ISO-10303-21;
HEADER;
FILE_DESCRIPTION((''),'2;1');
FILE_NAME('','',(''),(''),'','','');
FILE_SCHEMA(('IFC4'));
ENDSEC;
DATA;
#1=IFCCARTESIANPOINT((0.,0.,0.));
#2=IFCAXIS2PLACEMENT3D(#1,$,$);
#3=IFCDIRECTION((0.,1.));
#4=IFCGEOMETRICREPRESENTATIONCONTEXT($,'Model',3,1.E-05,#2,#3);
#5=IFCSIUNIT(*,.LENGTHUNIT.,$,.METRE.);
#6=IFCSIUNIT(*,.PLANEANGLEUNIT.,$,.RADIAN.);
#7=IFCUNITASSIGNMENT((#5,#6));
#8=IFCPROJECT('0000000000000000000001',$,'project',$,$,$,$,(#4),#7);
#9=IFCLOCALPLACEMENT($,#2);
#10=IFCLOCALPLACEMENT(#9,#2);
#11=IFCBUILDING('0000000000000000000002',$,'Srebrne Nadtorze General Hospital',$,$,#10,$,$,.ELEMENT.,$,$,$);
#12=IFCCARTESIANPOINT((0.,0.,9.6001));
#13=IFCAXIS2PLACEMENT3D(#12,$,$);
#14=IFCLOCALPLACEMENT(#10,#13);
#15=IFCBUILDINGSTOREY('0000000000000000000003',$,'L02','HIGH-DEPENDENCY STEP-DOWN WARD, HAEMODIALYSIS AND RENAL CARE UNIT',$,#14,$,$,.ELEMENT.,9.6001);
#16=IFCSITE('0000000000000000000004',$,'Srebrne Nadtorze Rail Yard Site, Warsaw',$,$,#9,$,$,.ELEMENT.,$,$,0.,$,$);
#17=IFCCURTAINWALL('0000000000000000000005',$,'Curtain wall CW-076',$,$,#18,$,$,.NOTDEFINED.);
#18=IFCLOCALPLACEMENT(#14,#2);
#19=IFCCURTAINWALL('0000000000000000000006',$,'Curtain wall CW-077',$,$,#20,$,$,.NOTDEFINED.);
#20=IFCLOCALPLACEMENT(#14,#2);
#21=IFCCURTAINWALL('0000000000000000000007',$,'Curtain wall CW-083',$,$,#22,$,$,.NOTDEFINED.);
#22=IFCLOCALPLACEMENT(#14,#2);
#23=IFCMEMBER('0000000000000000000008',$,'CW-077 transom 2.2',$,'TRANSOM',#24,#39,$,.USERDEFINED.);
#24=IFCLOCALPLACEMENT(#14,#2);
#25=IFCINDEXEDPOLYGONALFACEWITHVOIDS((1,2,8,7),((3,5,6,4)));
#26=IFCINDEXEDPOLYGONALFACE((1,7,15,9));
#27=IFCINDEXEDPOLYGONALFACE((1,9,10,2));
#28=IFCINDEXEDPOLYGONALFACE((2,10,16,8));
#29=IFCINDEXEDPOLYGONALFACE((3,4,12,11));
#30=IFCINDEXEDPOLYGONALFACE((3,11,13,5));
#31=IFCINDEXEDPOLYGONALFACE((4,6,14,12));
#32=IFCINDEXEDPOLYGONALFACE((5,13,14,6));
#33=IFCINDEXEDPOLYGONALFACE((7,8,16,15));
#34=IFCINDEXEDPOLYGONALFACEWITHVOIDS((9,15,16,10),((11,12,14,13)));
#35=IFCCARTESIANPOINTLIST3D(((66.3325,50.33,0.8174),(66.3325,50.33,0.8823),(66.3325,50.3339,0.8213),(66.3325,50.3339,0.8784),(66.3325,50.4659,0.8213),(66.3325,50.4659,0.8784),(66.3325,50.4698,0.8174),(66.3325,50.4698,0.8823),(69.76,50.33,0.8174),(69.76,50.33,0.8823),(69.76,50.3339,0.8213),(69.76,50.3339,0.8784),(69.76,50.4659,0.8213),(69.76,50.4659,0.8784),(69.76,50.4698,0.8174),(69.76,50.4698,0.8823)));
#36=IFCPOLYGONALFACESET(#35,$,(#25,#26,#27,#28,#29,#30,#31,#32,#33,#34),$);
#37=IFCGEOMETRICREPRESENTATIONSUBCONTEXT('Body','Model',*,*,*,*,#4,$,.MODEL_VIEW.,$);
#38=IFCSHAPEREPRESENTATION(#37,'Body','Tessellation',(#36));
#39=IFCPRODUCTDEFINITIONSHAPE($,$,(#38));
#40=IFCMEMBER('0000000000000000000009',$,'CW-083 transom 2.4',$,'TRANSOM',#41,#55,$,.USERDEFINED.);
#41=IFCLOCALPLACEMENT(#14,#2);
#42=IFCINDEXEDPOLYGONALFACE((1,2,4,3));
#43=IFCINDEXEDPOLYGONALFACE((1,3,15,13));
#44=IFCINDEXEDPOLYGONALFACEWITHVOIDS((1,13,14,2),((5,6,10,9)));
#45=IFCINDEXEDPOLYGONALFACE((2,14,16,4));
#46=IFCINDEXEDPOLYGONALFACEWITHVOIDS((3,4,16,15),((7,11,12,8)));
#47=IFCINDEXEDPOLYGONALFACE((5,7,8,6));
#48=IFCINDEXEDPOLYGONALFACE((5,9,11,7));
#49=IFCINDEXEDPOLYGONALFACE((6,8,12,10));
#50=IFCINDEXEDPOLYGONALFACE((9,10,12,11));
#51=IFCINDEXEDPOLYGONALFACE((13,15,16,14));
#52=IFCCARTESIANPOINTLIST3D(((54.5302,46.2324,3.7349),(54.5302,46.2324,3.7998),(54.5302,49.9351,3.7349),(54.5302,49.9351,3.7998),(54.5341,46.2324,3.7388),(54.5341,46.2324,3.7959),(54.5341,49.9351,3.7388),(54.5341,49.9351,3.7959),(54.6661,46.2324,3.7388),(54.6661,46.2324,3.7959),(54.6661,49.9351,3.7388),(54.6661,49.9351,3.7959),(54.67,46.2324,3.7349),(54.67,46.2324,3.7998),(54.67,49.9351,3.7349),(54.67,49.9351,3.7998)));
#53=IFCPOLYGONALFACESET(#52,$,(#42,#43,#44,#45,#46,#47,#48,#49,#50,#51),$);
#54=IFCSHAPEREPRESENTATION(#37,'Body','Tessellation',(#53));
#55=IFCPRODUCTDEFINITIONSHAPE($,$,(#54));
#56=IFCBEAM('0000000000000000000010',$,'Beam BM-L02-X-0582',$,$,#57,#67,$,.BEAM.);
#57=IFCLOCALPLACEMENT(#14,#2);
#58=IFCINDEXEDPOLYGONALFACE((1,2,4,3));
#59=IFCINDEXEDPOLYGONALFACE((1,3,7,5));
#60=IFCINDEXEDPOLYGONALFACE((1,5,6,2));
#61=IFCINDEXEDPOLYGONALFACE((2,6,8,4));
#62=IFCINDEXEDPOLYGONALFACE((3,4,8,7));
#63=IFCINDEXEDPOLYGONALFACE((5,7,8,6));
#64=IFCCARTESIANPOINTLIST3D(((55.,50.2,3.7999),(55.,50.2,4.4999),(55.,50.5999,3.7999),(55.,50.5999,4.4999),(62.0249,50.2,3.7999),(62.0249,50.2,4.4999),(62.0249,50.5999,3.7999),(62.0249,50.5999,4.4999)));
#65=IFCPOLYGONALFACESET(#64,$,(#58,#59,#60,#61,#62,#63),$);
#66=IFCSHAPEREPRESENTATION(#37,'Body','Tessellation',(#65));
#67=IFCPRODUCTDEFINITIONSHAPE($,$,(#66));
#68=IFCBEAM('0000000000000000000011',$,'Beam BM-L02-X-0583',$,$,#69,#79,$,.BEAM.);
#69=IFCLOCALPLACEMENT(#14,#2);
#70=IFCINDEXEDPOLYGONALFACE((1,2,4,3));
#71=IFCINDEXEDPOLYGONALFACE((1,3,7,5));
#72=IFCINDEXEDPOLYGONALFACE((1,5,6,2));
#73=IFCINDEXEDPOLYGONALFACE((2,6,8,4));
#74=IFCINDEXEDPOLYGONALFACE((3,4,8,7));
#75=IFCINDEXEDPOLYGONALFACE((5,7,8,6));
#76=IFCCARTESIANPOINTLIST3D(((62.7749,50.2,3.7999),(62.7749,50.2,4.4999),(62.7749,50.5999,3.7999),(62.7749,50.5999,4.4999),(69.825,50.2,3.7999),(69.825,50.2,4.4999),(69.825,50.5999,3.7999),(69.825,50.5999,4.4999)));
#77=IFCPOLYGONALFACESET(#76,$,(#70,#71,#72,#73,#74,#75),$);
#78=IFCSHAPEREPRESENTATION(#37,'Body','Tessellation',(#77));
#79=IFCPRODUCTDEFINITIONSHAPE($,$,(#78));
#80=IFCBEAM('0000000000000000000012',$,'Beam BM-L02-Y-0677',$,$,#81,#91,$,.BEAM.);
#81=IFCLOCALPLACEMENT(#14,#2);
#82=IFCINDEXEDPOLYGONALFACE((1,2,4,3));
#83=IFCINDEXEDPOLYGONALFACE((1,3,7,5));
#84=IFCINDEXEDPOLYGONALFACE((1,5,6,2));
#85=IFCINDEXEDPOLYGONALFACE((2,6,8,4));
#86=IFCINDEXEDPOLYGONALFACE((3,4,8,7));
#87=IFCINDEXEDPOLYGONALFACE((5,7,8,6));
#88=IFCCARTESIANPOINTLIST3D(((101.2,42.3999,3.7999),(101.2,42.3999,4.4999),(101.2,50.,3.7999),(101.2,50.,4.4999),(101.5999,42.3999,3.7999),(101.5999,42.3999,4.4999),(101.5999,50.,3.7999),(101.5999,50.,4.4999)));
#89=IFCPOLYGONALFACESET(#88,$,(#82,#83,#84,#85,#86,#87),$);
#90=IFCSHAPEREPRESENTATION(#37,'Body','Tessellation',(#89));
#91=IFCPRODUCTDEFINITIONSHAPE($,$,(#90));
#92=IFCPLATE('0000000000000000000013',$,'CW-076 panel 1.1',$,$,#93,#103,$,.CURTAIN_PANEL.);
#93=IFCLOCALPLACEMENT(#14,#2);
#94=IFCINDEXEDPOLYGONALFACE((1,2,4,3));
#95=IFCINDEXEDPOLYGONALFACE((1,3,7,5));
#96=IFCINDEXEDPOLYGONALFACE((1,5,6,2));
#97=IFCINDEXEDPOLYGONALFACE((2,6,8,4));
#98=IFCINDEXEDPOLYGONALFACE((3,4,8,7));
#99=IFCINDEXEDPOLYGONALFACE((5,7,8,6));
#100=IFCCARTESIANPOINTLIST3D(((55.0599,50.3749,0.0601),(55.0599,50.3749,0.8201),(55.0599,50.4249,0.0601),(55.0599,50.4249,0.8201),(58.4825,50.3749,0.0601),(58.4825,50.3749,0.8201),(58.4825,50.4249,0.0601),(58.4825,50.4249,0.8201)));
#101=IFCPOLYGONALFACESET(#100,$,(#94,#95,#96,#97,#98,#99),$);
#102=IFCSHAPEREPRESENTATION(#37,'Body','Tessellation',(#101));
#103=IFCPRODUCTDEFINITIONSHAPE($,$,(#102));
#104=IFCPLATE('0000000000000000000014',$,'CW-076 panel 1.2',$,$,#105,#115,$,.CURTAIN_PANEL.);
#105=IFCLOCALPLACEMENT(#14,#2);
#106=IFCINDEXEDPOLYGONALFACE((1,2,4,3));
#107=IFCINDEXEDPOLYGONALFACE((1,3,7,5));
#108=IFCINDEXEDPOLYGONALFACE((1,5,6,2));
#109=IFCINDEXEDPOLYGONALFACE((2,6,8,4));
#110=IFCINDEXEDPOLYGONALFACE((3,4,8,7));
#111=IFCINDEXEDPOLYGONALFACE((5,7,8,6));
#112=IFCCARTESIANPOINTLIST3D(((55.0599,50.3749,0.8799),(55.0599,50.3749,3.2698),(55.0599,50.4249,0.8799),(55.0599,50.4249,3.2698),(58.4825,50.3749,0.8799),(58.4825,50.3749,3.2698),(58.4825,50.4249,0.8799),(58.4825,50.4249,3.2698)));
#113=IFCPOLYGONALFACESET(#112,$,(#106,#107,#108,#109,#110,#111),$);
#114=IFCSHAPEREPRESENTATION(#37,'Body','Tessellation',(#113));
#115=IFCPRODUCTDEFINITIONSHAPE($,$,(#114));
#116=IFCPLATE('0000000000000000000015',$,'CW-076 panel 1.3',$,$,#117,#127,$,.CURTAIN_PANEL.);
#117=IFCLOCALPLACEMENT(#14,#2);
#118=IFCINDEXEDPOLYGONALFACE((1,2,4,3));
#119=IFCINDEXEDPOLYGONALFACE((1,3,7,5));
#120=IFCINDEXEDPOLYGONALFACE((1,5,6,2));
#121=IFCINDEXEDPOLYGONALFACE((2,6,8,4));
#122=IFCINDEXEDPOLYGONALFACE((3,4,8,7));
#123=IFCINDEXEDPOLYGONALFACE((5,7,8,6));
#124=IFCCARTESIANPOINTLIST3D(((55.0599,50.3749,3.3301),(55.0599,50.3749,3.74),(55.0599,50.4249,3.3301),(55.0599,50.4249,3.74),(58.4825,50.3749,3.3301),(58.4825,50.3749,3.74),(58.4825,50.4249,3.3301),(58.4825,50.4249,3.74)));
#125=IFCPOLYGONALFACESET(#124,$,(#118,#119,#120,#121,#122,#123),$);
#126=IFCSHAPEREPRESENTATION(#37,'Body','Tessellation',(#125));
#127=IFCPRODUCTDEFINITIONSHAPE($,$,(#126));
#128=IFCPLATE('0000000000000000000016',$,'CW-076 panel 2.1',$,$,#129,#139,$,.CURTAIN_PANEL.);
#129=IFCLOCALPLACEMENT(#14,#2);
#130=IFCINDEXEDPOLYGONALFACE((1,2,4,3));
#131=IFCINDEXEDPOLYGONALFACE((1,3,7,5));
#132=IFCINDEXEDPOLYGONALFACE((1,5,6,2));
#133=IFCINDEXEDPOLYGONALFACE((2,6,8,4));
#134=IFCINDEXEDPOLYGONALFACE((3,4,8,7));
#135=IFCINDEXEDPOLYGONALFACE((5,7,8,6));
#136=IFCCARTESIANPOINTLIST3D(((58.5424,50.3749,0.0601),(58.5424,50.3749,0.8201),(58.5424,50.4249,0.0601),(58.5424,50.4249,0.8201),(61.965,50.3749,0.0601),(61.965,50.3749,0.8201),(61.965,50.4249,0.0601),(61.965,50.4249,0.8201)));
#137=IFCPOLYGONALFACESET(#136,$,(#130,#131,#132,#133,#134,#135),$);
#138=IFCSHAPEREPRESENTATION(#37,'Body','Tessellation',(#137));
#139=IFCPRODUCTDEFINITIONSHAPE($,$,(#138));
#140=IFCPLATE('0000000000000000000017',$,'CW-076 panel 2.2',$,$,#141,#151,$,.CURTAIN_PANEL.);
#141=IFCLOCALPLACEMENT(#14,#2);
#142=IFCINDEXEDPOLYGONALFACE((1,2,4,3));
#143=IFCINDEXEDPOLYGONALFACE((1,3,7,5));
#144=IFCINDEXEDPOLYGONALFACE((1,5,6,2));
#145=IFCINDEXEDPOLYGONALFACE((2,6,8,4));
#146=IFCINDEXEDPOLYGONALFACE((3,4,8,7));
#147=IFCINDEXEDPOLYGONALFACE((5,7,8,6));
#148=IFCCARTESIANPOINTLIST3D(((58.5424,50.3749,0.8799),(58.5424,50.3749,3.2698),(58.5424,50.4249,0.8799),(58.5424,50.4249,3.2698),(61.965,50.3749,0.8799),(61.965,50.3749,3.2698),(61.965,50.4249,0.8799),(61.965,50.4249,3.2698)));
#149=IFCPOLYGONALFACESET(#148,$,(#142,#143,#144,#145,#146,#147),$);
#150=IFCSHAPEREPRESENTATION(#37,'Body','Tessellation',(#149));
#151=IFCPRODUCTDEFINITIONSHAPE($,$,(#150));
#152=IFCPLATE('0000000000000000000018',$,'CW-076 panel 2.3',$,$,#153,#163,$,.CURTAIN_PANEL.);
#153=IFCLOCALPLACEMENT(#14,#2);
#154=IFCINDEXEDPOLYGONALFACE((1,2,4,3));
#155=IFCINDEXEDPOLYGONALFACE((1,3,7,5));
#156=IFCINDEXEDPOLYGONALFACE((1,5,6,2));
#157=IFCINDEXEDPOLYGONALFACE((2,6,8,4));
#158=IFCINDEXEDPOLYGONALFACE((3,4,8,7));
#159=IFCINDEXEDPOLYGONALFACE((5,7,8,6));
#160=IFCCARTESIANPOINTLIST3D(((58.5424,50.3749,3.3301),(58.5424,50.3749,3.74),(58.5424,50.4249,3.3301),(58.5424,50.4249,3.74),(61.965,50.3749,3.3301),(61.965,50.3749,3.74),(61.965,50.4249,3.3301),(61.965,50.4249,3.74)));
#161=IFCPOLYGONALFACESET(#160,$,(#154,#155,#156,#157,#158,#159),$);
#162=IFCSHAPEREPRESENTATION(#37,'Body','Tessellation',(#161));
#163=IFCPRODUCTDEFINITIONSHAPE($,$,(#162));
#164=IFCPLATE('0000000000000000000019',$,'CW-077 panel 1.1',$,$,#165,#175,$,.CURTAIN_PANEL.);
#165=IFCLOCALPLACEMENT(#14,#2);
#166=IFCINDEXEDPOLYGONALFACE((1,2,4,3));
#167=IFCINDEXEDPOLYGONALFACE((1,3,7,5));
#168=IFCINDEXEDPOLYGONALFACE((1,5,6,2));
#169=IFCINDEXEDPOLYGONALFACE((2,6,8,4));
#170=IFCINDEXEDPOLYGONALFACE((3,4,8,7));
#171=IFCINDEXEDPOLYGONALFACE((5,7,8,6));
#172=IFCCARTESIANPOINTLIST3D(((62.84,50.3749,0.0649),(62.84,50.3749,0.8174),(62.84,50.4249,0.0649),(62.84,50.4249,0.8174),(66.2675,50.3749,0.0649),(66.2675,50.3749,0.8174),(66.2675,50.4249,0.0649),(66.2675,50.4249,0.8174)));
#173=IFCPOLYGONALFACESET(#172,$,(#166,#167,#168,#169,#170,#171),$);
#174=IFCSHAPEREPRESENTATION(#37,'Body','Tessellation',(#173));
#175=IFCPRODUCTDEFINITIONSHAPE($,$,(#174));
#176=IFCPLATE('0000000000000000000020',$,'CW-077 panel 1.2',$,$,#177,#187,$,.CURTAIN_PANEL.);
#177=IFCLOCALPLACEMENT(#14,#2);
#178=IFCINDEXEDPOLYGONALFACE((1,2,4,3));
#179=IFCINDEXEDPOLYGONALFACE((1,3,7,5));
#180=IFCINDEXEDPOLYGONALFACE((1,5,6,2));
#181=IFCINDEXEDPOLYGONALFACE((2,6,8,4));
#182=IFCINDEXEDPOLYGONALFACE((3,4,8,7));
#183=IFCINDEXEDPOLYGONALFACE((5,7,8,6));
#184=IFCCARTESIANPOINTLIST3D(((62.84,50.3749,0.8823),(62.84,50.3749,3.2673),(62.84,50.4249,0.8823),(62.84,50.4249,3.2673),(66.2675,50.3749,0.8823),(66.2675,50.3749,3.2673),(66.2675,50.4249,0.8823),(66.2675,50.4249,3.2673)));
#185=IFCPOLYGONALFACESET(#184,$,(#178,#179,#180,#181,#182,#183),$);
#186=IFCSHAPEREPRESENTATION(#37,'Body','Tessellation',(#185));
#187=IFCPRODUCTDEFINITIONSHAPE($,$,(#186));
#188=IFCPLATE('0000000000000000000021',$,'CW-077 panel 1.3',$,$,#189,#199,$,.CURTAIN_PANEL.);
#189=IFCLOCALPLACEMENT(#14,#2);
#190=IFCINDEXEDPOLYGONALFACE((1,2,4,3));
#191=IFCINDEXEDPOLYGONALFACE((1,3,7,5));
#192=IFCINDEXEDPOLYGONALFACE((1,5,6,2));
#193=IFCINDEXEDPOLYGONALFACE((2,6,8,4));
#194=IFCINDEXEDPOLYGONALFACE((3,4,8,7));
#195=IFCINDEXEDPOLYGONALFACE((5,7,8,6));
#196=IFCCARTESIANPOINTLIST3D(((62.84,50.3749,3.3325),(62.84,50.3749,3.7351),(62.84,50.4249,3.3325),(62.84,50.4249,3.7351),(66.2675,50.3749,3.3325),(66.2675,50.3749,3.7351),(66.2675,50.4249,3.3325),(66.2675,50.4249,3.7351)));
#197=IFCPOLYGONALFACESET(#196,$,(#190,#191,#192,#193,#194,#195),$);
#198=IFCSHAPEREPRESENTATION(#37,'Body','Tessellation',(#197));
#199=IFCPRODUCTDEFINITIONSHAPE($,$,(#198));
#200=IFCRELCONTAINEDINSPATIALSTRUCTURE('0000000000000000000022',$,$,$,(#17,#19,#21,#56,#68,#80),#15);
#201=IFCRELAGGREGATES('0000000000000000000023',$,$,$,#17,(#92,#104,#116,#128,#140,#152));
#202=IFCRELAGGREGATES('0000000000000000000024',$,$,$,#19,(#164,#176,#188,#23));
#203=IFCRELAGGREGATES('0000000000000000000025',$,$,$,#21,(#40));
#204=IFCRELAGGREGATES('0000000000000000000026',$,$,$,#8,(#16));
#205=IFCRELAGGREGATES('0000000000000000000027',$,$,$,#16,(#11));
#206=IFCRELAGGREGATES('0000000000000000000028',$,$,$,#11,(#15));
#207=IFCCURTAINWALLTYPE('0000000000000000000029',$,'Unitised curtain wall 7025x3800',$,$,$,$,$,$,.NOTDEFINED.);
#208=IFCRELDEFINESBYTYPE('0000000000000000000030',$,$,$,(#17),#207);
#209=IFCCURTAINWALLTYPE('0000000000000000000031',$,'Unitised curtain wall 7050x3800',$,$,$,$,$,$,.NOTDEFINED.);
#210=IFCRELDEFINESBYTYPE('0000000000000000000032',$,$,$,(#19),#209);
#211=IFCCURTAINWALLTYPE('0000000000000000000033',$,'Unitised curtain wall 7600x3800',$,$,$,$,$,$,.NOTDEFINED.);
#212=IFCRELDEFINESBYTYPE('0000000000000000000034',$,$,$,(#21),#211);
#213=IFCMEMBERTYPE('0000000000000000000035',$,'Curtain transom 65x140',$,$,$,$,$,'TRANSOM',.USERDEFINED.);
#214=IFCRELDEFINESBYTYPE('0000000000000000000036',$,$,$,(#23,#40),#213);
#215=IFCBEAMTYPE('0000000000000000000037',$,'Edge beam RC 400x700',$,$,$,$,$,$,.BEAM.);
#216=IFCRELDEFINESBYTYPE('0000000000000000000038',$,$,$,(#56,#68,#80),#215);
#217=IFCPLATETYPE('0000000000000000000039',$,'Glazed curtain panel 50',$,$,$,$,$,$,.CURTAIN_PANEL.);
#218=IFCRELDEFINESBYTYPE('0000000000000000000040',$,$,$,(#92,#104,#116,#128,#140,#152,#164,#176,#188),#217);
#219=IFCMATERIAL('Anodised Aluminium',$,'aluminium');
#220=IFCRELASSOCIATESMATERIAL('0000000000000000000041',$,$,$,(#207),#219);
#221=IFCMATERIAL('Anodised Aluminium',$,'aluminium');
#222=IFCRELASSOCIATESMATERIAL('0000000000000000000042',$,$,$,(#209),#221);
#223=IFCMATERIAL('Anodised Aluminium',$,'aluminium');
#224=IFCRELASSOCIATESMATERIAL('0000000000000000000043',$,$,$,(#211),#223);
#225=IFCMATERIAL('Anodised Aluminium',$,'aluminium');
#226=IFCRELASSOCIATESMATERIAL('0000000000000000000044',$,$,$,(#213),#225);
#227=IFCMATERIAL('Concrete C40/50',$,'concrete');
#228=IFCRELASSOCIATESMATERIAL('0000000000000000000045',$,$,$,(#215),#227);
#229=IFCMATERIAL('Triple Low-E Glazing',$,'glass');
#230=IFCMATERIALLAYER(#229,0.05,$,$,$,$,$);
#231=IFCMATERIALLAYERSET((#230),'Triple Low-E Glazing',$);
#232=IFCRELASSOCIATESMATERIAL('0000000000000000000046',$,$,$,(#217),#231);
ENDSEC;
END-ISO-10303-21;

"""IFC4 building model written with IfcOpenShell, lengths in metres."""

from ifc_helpers import new_model, si_unit, direction, frame, origin, origin_2d, place, context, subcontext, project, spatial, rectangle, hollow_rectangle, extrude, material, layer, layer_set, material_profile, profile_set, type_object, element, aggregate, save


model = new_model("IFC4")

# Units and contexts
model_context = context("Model", 3, precision=1e-05, world=origin(), true_north=direction((0.0, 1.0)))
body_context = subcontext(model_context, "Body", "Model", "MODEL_VIEW")
ifc_project = project(units=[si_unit("LENGTHUNIT", "METRE"), si_unit("PLANEANGLEUNIT", "RADIAN")], contexts=[model_context])

# Site, building, storey
site_placement = place(None, origin())
site = spatial("IfcSite", under=ifc_project, at=site_placement, Name="Srebrne Nadtorze Rail Yard Site, Warsaw", CompositionType="ELEMENT", RefElevation=0.0)
building_placement = place(site_placement, origin())
building = spatial("IfcBuilding", under=site, at=building_placement, Name="Srebrne Nadtorze General Hospital", CompositionType="ELEMENT")
storey_placement = place(building_placement, frame((0.0, 0.0, 9.6001)))
storey = spatial("IfcBuildingStorey", under=building, at=storey_placement, Name="L02", Description="HIGH-DEPENDENCY STEP-DOWN WARD, HAEMODIALYSIS AND RENAL CARE UNIT", CompositionType="ELEMENT", Elevation=9.6001)

# Curtain walls
ifc_material_1 = material(Name="Anodised Aluminium", Category="aluminium")
curtain_wall_type_1 = type_object("IfcCurtainWallType", Name="Unitised curtain wall 7025x3800", PredefinedType="NOTDEFINED", material=ifc_material_1)
curtain_wall_1_placement = place(storey_placement, origin())
curtain_wall_1 = element("IfcCurtainWall", 1, at=curtain_wall_1_placement, inside=storey, type_object=curtain_wall_type_1, Name="Curtain wall CW-076", PredefinedType="NOTDEFINED")
ifc_material_2 = material(Name="Anodised Aluminium", Category="aluminium")
curtain_wall_type_2 = type_object("IfcCurtainWallType", Name="Unitised curtain wall 7050x3800", PredefinedType="NOTDEFINED", material=ifc_material_2)
curtain_wall_2_placement = place(storey_placement, origin())
curtain_wall_2 = element("IfcCurtainWall", 2, at=curtain_wall_2_placement, inside=storey, type_object=curtain_wall_type_2, Name="Curtain wall CW-077", PredefinedType="NOTDEFINED")

# Curtain wall
ifc_material_3 = material(Name="Anodised Aluminium", Category="aluminium")
curtain_wall_type_3 = type_object("IfcCurtainWallType", Name="Unitised curtain wall 7600x3800", PredefinedType="NOTDEFINED", material=ifc_material_3)
curtain_wall_3_placement = place(storey_placement, origin())
curtain_wall_3 = element("IfcCurtainWall", 3, at=curtain_wall_3_placement, inside=storey, type_object=curtain_wall_type_3, Name="Curtain wall CW-083", PredefinedType="NOTDEFINED")

# Members
ifc_material_4 = material(Name="Anodised Aluminium", Category="aluminium")
ifc_material_profile_1 = material_profile(ifc_material_4, hollow_rectangle(XDim=0.0649, YDim=0.1399, WallThickness=0.0039, at=origin_2d()), Name="AL-TRN-65x140")
ifc_profile_set_1 = profile_set([ifc_material_profile_1], Name="Anodised Aluminium")
member_type_1 = type_object("IfcMemberType", Name="Curtain transom 65x140", ElementType="TRANSOM", PredefinedType="USERDEFINED", material=ifc_profile_set_1)
member_1_placement = place(storey_placement, frame((66.3325, 50.3999, 0.8499), z_axis=(1.0, 0.0, 0.0), x_axis=(0.0, 0.0, 1.0)))
member_1 = element("IfcMember", 4, at=member_1_placement, type_object=member_type_1, Name="CW-077 transom 2.2", ObjectType="TRANSOM", PredefinedType="USERDEFINED", context=body_context, shape_type="SweptSolid", body=[
    extrude(hollow_rectangle(XDim=0.0649, YDim=0.1399, WallThickness=0.0039, at=origin_2d()), origin(), (0.0, 0.0, 1.0), 3.4275),
])
member_2_placement = place(storey_placement, frame((54.6001, 46.2324, 3.7673), z_axis=(0.0, 1.0, 0.0), x_axis=(0.0, 0.0, 1.0)))
member_2 = element("IfcMember", 5, at=member_2_placement, type_object=member_type_1, Name="CW-083 transom 2.4", ObjectType="TRANSOM", PredefinedType="USERDEFINED", context=body_context, shape_type="SweptSolid", body=[
    extrude(hollow_rectangle(XDim=0.0649, YDim=0.1399, WallThickness=0.0039, at=origin_2d()), origin(), (0.0, 0.0, 1.0), 3.7026),
])

# Beams
ifc_material_5 = material(Name="Concrete C40/50", Category="concrete")
ifc_material_profile_2 = material_profile(ifc_material_5, rectangle(XDim=0.3999, YDim=0.7, at=origin_2d()), Name="RC-BM-400x700")
ifc_profile_set_2 = profile_set([ifc_material_profile_2], Name="Concrete C40/50")
beam_type = type_object("IfcBeamType", Name="Edge beam RC 400x700", PredefinedType="BEAM", material=ifc_profile_set_2)
beam_1_placement = place(storey_placement, frame((55.0, 50.3999, 4.1499), z_axis=(1.0, 0.0, 0.0), x_axis=(0.0, 1.0, 0.0)))
element("IfcBeam", 6, at=beam_1_placement, inside=storey, type_object=beam_type, Name="Beam BM-L02-X-0582", PredefinedType="BEAM", context=body_context, shape_type="SweptSolid", body=[
    extrude(rectangle(XDim=0.3999, YDim=0.7, at=origin_2d()), origin(), (0.0, 0.0, 1.0), 7.0249),
])
beam_2_placement = place(storey_placement, frame((62.7749, 50.3999, 4.1499), z_axis=(1.0, 0.0, 0.0), x_axis=(0.0, 1.0, 0.0)))
element("IfcBeam", 7, at=beam_2_placement, inside=storey, type_object=beam_type, Name="Beam BM-L02-X-0583", PredefinedType="BEAM", context=body_context, shape_type="SweptSolid", body=[
    extrude(rectangle(XDim=0.3999, YDim=0.7, at=origin_2d()), origin(), (0.0, 0.0, 1.0), 7.05),
])
beam_3_placement = place(storey_placement, frame((101.3999, 42.3999, 4.1499), z_axis=(0.0, 1.0, 0.0), x_axis=(-1.0, 0.0, 0.0)))
element("IfcBeam", 8, at=beam_3_placement, inside=storey, type_object=beam_type, Name="Beam BM-L02-Y-0677", PredefinedType="BEAM", context=body_context, shape_type="SweptSolid", body=[
    extrude(rectangle(XDim=0.3999, YDim=0.7, at=origin_2d()), origin(), (0.0, 0.0, 1.0), 7.6001),
])

# Plates
ifc_material_6 = material(Name="Triple Low-E Glazing", Category="glass")
ifc_layer = layer(ifc_material_6, 0.05)
ifc_layer_set = layer_set([ifc_layer], Name="Triple Low-E Glazing")
plate_type = type_object("IfcPlateType", Name="Glazed curtain panel 50", PredefinedType="CURTAIN_PANEL", material=ifc_layer_set)
plate_1_placement = place(storey_placement, frame((56.7712, 50.3999, 0.0601), z_axis=(0.0, 0.0, 1.0), x_axis=(1.0, 0.0, 0.0)))
plate_1 = element("IfcPlate", 9, at=plate_1_placement, type_object=plate_type, Name="CW-076 panel 1.1", PredefinedType="CURTAIN_PANEL", context=body_context, shape_type="SweptSolid", body=[
    extrude(rectangle(XDim=3.4226, YDim=0.05, at=origin_2d()), origin(), (0.0, 0.0, 1.0), 0.76),
])
plate_2_placement = place(storey_placement, frame((56.7712, 50.3999, 0.8799), z_axis=(0.0, 0.0, 1.0), x_axis=(1.0, 0.0, 0.0)))
plate_2 = element("IfcPlate", 10, at=plate_2_placement, type_object=plate_type, Name="CW-076 panel 1.2", PredefinedType="CURTAIN_PANEL", context=body_context, shape_type="SweptSolid", body=[
    extrude(rectangle(XDim=3.4226, YDim=0.05, at=origin_2d()), origin(), (0.0, 0.0, 1.0), 2.3899),
])
plate_3_placement = place(storey_placement, frame((56.7712, 50.3999, 3.3301), z_axis=(0.0, 0.0, 1.0), x_axis=(1.0, 0.0, 0.0)))
plate_3 = element("IfcPlate", 11, at=plate_3_placement, type_object=plate_type, Name="CW-076 panel 1.3", PredefinedType="CURTAIN_PANEL", context=body_context, shape_type="SweptSolid", body=[
    extrude(rectangle(XDim=3.4226, YDim=0.05, at=origin_2d()), origin(), (0.0, 0.0, 1.0), 0.4099),
])
plate_4_placement = place(storey_placement, frame((60.2537, 50.3999, 0.0601), z_axis=(0.0, 0.0, 1.0), x_axis=(1.0, 0.0, 0.0)))
plate_4 = element("IfcPlate", 12, at=plate_4_placement, type_object=plate_type, Name="CW-076 panel 2.1", PredefinedType="CURTAIN_PANEL", context=body_context, shape_type="SweptSolid", body=[
    extrude(rectangle(XDim=3.4226, YDim=0.05, at=origin_2d()), origin(), (0.0, 0.0, 1.0), 0.76),
])
plate_5_placement = place(storey_placement, frame((60.2537, 50.3999, 0.8799), z_axis=(0.0, 0.0, 1.0), x_axis=(1.0, 0.0, 0.0)))
plate_5 = element("IfcPlate", 13, at=plate_5_placement, type_object=plate_type, Name="CW-076 panel 2.2", PredefinedType="CURTAIN_PANEL", context=body_context, shape_type="SweptSolid", body=[
    extrude(rectangle(XDim=3.4226, YDim=0.05, at=origin_2d()), origin(), (0.0, 0.0, 1.0), 2.3899),
])
plate_6_placement = place(storey_placement, frame((60.2537, 50.3999, 3.3301), z_axis=(0.0, 0.0, 1.0), x_axis=(1.0, 0.0, 0.0)))
plate_6 = element("IfcPlate", 14, at=plate_6_placement, type_object=plate_type, Name="CW-076 panel 2.3", PredefinedType="CURTAIN_PANEL", context=body_context, shape_type="SweptSolid", body=[
    extrude(rectangle(XDim=3.4226, YDim=0.05, at=origin_2d()), origin(), (0.0, 0.0, 1.0), 0.4099),
])
aggregate(curtain_wall_1, [plate_1, plate_2, plate_3, plate_4, plate_5, plate_6])
plate_7_placement = place(storey_placement, frame((64.5537, 50.3999, 0.0649), z_axis=(0.0, 0.0, 1.0), x_axis=(1.0, 0.0, 0.0)))
plate_7 = element("IfcPlate", 15, at=plate_7_placement, type_object=plate_type, Name="CW-077 panel 1.1", PredefinedType="CURTAIN_PANEL", context=body_context, shape_type="SweptSolid", body=[
    extrude(rectangle(XDim=3.4275, YDim=0.05, at=origin_2d()), origin(), (0.0, 0.0, 1.0), 0.7524),
])
plate_8_placement = place(storey_placement, frame((64.5537, 50.3999, 0.8823), z_axis=(0.0, 0.0, 1.0), x_axis=(1.0, 0.0, 0.0)))
plate_8 = element("IfcPlate", 16, at=plate_8_placement, type_object=plate_type, Name="CW-077 panel 1.2", PredefinedType="CURTAIN_PANEL", context=body_context, shape_type="SweptSolid", body=[
    extrude(rectangle(XDim=3.4275, YDim=0.05, at=origin_2d()), origin(), (0.0, 0.0, 1.0), 2.385),
])
plate_9_placement = place(storey_placement, frame((64.5537, 50.3999, 3.3325), z_axis=(0.0, 0.0, 1.0), x_axis=(1.0, 0.0, 0.0)))
plate_9 = element("IfcPlate", 17, at=plate_9_placement, type_object=plate_type, Name="CW-077 panel 1.3", PredefinedType="CURTAIN_PANEL", context=body_context, shape_type="SweptSolid", body=[
    extrude(rectangle(XDim=3.4275, YDim=0.05, at=origin_2d()), origin(), (0.0, 0.0, 1.0), 0.4026),
])
aggregate(curtain_wall_2, [plate_7, plate_8, plate_9, member_1])
aggregate(curtain_wall_3, [member_2])

save(model, "model.ifc")
